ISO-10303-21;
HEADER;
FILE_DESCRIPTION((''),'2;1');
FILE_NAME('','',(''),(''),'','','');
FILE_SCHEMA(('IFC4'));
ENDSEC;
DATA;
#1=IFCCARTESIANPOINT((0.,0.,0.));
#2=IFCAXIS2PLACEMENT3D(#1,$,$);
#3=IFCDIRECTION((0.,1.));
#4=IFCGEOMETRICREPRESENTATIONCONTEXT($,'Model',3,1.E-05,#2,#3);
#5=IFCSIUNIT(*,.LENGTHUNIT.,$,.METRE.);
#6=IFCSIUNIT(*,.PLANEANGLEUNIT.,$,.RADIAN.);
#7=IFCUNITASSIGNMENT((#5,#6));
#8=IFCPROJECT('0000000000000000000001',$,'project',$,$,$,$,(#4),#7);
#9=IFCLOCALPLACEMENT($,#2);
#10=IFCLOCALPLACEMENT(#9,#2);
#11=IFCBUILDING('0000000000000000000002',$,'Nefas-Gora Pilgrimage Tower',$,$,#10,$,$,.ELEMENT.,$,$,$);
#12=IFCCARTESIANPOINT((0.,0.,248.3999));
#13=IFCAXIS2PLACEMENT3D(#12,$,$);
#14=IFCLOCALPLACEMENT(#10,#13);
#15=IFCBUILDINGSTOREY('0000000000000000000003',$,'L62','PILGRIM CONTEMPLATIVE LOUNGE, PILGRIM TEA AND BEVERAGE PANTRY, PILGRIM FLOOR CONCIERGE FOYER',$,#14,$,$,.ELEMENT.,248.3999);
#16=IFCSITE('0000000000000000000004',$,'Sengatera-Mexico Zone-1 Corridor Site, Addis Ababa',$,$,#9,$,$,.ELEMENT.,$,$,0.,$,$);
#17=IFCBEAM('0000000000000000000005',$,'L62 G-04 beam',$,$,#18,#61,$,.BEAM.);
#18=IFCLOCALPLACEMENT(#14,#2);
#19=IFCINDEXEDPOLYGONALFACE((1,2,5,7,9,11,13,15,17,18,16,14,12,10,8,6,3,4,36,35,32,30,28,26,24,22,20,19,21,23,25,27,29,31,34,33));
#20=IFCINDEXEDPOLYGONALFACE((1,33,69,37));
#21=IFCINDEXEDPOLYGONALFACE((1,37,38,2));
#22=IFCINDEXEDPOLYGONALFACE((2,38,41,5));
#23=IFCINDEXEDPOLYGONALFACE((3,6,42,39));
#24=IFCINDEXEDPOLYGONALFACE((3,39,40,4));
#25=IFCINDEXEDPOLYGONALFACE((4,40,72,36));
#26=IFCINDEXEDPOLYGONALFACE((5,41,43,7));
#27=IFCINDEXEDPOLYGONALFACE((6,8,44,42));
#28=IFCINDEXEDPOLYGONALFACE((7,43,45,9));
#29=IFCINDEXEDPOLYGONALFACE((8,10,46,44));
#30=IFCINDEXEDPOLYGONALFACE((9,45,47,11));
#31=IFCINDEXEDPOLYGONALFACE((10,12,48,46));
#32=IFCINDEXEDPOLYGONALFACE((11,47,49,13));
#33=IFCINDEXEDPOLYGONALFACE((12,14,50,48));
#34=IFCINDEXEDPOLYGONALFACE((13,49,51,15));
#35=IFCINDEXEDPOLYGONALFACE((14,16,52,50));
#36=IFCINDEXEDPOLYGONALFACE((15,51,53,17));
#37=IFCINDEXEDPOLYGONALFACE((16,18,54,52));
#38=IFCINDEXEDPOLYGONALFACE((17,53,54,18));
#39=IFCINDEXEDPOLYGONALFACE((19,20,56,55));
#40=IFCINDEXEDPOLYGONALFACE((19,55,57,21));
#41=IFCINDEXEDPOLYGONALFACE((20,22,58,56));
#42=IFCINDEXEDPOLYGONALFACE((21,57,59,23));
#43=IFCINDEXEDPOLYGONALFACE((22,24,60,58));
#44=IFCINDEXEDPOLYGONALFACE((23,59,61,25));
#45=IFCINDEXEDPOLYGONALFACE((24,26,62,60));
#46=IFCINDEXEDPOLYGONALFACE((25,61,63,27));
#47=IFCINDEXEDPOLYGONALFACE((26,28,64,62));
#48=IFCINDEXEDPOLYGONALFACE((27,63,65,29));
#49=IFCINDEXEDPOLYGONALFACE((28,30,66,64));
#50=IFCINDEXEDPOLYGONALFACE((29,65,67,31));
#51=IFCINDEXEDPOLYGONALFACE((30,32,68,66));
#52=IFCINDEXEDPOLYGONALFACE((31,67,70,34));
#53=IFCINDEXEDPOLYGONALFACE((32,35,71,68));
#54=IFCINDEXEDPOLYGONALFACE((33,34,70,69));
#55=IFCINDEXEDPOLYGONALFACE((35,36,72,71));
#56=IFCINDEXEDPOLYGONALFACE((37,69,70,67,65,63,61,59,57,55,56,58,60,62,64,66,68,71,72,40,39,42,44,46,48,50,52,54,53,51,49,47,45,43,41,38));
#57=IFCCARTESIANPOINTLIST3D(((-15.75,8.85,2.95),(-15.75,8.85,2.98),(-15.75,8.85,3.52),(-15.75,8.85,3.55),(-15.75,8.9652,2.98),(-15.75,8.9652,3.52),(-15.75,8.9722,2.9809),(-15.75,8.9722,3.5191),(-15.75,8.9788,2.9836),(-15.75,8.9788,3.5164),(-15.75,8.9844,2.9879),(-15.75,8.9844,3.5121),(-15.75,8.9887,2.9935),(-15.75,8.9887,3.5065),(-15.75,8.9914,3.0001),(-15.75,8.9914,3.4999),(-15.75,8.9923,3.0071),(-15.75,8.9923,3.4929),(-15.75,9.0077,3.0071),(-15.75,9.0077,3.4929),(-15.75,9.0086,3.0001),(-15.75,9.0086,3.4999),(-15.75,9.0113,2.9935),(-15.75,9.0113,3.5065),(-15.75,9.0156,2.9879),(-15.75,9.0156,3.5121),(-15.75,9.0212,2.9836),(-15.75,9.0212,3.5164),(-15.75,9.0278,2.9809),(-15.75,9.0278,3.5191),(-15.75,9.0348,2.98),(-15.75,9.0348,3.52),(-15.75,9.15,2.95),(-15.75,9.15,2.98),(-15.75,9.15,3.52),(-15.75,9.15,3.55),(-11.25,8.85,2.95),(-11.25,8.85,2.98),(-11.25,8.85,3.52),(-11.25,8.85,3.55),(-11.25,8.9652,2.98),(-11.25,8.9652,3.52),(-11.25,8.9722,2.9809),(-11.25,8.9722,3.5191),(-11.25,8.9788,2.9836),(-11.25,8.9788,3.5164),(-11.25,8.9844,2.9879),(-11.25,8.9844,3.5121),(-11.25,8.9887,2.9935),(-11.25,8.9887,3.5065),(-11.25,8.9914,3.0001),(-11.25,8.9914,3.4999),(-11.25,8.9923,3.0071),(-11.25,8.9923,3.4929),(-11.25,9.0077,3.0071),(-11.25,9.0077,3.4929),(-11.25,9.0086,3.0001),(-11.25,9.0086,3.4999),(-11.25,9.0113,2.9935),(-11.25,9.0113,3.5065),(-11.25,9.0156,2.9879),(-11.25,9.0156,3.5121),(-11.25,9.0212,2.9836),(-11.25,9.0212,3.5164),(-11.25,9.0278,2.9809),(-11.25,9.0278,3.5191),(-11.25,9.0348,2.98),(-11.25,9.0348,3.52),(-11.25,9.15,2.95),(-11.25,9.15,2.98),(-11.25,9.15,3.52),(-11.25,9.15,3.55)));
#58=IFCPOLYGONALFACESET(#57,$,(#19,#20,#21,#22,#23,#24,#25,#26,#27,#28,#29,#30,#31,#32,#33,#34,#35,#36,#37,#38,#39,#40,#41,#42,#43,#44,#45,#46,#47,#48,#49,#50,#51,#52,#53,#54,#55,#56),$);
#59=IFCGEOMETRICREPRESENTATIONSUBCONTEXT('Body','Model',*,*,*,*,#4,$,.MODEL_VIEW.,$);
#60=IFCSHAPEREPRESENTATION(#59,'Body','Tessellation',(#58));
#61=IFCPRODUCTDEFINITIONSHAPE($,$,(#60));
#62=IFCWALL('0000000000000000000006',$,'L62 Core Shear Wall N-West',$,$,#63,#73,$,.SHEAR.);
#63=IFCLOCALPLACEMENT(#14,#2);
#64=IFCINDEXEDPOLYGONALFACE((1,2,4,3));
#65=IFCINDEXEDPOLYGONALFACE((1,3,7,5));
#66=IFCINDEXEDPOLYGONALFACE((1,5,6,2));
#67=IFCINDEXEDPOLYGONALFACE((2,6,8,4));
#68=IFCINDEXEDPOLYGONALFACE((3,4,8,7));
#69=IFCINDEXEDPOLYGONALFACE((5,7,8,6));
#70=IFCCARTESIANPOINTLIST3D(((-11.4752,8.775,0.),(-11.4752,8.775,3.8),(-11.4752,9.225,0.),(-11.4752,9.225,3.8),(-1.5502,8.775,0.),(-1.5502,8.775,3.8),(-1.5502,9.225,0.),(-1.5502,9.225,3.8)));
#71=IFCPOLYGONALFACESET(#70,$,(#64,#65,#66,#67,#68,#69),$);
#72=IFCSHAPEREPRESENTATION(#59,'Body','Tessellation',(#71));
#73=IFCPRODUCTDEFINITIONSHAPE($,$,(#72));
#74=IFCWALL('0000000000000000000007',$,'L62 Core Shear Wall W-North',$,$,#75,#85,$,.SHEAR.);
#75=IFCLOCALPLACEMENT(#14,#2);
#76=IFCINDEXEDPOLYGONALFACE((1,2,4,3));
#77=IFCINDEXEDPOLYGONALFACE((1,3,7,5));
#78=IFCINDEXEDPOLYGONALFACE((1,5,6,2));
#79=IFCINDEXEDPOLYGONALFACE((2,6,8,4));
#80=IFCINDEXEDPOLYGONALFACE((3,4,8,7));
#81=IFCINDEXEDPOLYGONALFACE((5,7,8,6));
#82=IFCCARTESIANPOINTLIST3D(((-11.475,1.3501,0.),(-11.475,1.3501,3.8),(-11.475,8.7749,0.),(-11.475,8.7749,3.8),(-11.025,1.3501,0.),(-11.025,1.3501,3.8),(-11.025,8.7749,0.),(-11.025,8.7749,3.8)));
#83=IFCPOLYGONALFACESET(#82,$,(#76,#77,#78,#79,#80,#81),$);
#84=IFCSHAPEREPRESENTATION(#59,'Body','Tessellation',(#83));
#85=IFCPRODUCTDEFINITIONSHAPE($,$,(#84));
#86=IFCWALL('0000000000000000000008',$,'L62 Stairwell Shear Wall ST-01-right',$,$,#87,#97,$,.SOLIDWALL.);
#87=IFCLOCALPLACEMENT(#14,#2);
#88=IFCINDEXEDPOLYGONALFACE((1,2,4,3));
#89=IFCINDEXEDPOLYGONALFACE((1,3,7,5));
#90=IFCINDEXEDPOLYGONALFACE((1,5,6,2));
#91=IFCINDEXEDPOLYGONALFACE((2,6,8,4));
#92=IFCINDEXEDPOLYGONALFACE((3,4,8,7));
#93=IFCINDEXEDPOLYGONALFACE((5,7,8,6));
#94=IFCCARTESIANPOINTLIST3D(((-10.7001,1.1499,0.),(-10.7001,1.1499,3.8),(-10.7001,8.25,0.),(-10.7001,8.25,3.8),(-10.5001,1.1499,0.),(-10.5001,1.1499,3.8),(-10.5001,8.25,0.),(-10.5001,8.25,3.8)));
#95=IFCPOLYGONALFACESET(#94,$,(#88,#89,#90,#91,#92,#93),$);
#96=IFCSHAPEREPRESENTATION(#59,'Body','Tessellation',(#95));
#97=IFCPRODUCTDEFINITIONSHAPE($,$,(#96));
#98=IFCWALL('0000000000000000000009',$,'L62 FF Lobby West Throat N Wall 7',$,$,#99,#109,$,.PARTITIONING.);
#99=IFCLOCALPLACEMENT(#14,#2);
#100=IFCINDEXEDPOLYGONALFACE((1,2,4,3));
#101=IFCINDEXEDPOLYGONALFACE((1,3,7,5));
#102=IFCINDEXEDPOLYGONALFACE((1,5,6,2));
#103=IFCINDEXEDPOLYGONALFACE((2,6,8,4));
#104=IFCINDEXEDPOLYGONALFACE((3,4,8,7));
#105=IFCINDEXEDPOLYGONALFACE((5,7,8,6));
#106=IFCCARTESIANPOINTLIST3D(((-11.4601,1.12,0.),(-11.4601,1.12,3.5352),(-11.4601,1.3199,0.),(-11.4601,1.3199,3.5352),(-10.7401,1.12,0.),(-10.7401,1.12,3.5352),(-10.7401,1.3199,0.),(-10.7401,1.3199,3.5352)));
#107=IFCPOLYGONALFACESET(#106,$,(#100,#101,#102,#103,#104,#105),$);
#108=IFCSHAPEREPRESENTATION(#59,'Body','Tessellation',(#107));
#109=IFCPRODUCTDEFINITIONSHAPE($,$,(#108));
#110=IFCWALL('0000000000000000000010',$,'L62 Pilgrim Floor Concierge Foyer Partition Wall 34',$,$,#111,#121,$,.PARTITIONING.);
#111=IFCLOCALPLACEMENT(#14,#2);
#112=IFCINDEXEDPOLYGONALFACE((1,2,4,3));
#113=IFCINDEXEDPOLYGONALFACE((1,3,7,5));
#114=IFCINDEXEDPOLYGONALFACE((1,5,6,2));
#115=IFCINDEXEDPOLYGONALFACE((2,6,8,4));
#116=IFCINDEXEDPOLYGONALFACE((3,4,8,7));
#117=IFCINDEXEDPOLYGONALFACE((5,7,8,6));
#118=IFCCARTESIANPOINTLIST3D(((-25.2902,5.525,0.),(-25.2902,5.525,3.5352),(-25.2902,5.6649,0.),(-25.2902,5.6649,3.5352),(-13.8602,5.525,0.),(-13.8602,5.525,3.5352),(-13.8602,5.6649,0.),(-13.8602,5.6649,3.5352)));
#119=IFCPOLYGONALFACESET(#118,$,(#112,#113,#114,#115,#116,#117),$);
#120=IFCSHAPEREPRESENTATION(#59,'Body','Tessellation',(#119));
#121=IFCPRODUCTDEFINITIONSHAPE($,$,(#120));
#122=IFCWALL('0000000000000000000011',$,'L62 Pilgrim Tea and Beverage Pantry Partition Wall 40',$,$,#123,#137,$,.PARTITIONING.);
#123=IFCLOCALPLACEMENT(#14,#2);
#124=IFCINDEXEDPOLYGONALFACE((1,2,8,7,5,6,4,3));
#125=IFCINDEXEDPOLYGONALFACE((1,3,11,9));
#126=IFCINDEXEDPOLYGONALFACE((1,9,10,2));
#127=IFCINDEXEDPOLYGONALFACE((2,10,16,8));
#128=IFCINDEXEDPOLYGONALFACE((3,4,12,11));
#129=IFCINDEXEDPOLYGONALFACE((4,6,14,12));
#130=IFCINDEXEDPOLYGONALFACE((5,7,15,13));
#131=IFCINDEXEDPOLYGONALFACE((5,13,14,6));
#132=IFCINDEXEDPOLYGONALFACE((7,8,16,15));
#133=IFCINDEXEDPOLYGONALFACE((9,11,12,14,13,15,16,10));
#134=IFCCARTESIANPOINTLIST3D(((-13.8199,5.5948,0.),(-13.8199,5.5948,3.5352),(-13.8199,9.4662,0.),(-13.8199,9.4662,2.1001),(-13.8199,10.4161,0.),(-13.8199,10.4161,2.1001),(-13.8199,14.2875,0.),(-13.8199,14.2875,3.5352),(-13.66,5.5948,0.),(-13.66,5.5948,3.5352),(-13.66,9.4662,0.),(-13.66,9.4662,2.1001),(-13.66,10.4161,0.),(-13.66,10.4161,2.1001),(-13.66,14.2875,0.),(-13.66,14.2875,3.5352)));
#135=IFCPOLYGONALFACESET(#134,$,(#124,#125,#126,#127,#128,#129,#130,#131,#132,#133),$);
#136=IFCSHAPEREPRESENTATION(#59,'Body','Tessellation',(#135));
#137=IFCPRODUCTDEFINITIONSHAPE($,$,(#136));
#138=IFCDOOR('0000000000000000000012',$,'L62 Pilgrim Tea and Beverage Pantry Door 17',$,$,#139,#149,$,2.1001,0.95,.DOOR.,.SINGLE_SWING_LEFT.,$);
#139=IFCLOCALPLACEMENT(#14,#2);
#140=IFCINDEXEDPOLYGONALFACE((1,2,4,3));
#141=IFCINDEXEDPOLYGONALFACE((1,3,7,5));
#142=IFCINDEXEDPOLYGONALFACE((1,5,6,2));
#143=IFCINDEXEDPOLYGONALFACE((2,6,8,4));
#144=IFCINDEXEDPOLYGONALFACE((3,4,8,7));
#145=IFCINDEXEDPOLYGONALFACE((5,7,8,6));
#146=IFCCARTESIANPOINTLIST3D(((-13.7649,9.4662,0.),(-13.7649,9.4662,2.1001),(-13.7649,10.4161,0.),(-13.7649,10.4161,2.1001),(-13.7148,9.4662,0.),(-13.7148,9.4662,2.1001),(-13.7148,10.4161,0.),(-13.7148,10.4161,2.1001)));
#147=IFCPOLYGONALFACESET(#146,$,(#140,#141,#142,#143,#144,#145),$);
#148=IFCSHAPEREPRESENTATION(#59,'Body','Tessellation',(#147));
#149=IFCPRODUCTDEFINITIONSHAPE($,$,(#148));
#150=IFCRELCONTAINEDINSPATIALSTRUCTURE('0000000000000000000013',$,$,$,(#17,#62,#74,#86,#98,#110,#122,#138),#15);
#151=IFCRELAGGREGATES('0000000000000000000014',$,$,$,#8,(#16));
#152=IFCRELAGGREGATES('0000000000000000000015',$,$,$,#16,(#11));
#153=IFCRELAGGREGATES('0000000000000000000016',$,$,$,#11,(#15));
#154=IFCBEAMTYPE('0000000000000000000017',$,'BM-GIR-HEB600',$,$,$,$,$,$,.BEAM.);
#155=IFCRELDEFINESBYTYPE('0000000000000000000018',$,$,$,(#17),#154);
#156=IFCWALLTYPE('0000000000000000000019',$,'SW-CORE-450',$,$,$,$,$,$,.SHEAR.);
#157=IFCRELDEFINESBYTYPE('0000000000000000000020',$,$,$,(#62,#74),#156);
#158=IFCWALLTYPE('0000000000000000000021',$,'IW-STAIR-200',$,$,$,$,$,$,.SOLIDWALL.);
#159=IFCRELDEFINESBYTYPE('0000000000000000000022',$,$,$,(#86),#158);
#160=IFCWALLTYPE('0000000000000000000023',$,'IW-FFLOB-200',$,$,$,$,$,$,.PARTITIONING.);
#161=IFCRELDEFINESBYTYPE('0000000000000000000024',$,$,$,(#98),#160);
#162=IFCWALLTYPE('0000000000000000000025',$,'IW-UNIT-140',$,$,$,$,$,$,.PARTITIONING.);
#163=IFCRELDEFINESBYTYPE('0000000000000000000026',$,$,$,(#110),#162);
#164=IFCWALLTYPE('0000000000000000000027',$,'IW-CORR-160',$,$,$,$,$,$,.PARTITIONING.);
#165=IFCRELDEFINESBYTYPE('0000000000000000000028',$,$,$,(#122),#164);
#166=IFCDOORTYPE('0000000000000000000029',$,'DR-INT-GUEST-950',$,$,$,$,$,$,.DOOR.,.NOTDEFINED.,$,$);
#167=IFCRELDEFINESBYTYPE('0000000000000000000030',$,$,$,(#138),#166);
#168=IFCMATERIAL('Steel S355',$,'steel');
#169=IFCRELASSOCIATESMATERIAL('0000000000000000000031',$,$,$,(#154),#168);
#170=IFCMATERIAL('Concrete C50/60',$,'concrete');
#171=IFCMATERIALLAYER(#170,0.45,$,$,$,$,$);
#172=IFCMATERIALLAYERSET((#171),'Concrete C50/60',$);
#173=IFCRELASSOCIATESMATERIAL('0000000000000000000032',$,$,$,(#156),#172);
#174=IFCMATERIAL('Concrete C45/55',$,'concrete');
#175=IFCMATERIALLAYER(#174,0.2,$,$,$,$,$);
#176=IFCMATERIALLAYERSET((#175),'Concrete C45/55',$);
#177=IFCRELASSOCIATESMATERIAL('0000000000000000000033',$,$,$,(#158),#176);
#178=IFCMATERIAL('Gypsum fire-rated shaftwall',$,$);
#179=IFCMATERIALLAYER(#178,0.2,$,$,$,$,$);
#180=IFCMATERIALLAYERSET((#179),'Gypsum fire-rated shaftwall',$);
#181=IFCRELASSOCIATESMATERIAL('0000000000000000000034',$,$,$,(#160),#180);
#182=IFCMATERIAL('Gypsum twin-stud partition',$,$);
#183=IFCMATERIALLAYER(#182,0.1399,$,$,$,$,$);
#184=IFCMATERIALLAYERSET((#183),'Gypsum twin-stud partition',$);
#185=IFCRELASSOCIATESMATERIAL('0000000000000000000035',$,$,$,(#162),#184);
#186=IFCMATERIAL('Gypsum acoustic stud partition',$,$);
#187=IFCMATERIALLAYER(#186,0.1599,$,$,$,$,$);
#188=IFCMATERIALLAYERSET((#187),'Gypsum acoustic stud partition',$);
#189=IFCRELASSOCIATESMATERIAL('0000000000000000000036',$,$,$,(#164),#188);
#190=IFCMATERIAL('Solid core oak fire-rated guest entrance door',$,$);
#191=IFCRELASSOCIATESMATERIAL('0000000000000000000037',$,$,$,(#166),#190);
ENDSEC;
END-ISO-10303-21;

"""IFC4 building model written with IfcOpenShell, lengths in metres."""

from ifc_helpers import new_model, si_unit, direction, frame, frame_2d, origin, origin_2d, place, context, subcontext, project, spatial, rectangle, i_section, extrude, source, transform, mapped, material, layer, layer_set, material_profile, profile_set, type_object, element, fill, save


model = new_model("IFC4")

# Units and contexts
model_context = context("Model", 3, precision=1e-05, world=origin(), true_north=direction((0.0, 1.0)))
body_context = subcontext(model_context, "Body", "Model", "MODEL_VIEW")
ifc_project = project(units=[si_unit("LENGTHUNIT", "METRE"), si_unit("PLANEANGLEUNIT", "RADIAN")], contexts=[model_context])

# Site, building, storey
site_placement = place(None, origin())
site = spatial("IfcSite", under=ifc_project, at=site_placement, Name="Sengatera-Mexico Zone-1 Corridor Site, Addis Ababa", CompositionType="ELEMENT", RefElevation=0.0)
building_placement = place(site_placement, origin())
building = spatial("IfcBuilding", under=site, at=building_placement, Name="Nefas-Gora Pilgrimage Tower", CompositionType="ELEMENT")
storey_placement = place(building_placement, frame((0.0, 0.0, 248.3999)))
storey = spatial("IfcBuildingStorey", under=building, at=storey_placement, Name="L62", Description="PILGRIM CONTEMPLATIVE LOUNGE, PILGRIM TEA AND BEVERAGE PANTRY, PILGRIM FLOOR CONCIERGE FOYER", CompositionType="ELEMENT", Elevation=248.3999)

# Beam
ifc_material_1 = material(Name="Steel S355", Category="steel")
ifc_material_profile_1 = material_profile(ifc_material_1, i_section(OverallWidth=0.3, OverallDepth=0.6001, WebThickness=0.0154, FlangeThickness=0.03, FilletRadius=0.0271, at=origin_2d()), Name="HEB 600")
ifc_profile_set_1 = profile_set([ifc_material_profile_1], Name="Steel S355")
beam_type_1 = type_object("IfcBeamType", Name="BM-GIR-HEB600", PredefinedType="BEAM", material=ifc_profile_set_1)
shared_shape_1 = source(origin(), body_context, "Body", "SweptSolid", [
    extrude(i_section(OverallWidth=0.3, OverallDepth=0.6001, WebThickness=0.0154, FlangeThickness=0.03, FilletRadius=0.0271, at=origin_2d()), origin(), (0.0, 0.0, 1.0), 4.5),
])
for number, where, z_axis, x_axis, name in (
    (1, (-15.75, 9.0, 3.25), (1.0, 0.0, 0.0), (0.0, 1.0, 0.0), "L62 G-04 beam"),
):
    element("IfcBeam", number, at=place(storey_placement, frame(where, z_axis=z_axis, x_axis=x_axis)), inside=storey, type_object=beam_type_1, Name=name, PredefinedType="BEAM", context=body_context, shape_type="MappedRepresentation", body=[
        mapped(shared_shape_1, transform((0.0, 0.0, 0.0), x_axis=(1.0, 0.0, 0.0), y_axis=(0.0, 1.0, 0.0), z_axis=(0.0, 0.0, 1.0), scale=1.0)),
    ])

# Walls
ifc_material_2 = material(Name="Concrete C50/60", Category="concrete")
ifc_layer_1 = layer(ifc_material_2, 0.45)
ifc_layer_set_1 = layer_set([ifc_layer_1], Name="Concrete C50/60")
wall_type_1 = type_object("IfcWallType", Name="SW-CORE-450", PredefinedType="SHEAR", material=ifc_layer_set_1)
shared_shape_2 = source(origin(), body_context, "Body", "SweptSolid", [
    extrude(rectangle(XDim=9.925, YDim=0.45, at=frame_2d((4.9624, 0.0))), origin(), (0.0, 0.0, 1.0), 3.8),
])
wall_1_placement = place(storey_placement, frame((-11.4751, 9.0, 0.0), z_axis=(0.0, 0.0, 1.0), x_axis=(1.0, 0.0, 0.0)))
element("IfcWall", 2, at=wall_1_placement, inside=storey, type_object=wall_type_1, Name="L62 Core Shear Wall N-West", PredefinedType="SHEAR", context=body_context, shape_type="MappedRepresentation", body=[
    mapped(shared_shape_2, transform((0.0, 0.0, 0.0), x_axis=(1.0, 0.0, 0.0), y_axis=(0.0, 1.0, 0.0), z_axis=(0.0, 0.0, 1.0), scale=1.0)),
])
shared_shape_3 = source(origin(), body_context, "Body", "SweptSolid", [
    extrude(rectangle(XDim=7.4248, YDim=0.45, at=frame_2d((3.7124, 0.0))), origin(), (0.0, 0.0, 1.0), 3.8),
])
wall_2_placement = place(storey_placement, frame((-11.25, 1.3501, 0.0), z_axis=(0.0, 0.0, 1.0), x_axis=(0.0, 1.0, 0.0)))
element("IfcWall", 3, at=wall_2_placement, inside=storey, type_object=wall_type_1, Name="L62 Core Shear Wall W-North", PredefinedType="SHEAR", context=body_context, shape_type="MappedRepresentation", body=[
    mapped(shared_shape_3, transform((0.0, 0.0, 0.0), x_axis=(1.0, 0.0, 0.0), y_axis=(0.0, 1.0, 0.0), z_axis=(0.0, 0.0, 1.0), scale=1.0)),
])
ifc_material_3 = material(Name="Concrete C45/55", Category="concrete")
ifc_layer_2 = layer(ifc_material_3, 0.2)
ifc_layer_set_2 = layer_set([ifc_layer_2], Name="Concrete C45/55")
wall_type_2 = type_object("IfcWallType", Name="IW-STAIR-200", PredefinedType="SOLIDWALL", material=ifc_layer_set_2)
shared_shape_4 = source(origin(), body_context, "Body", "SweptSolid", [
    extrude(rectangle(XDim=7.1001, YDim=0.2, at=frame_2d((3.55, 0.0))), origin(), (0.0, 0.0, 1.0), 3.8),
])
wall_3_placement = place(storey_placement, frame((-10.6001, 1.1499, 0.0), z_axis=(0.0, 0.0, 1.0), x_axis=(0.0, 1.0, 0.0)))
element("IfcWall", 4, at=wall_3_placement, inside=storey, type_object=wall_type_2, Name="L62 Stairwell Shear Wall ST-01-right", PredefinedType="SOLIDWALL", context=body_context, shape_type="MappedRepresentation", body=[
    mapped(shared_shape_4, transform((0.0, 0.0, 0.0), x_axis=(1.0, 0.0, 0.0), y_axis=(0.0, 1.0, 0.0), z_axis=(0.0, 0.0, 1.0), scale=1.0)),
])
ifc_material_4 = material(Name="Gypsum fire-rated shaftwall")
ifc_layer_3 = layer(ifc_material_4, 0.2)
ifc_layer_set_3 = layer_set([ifc_layer_3], Name="Gypsum fire-rated shaftwall")
wall_type_3 = type_object("IfcWallType", Name="IW-FFLOB-200", PredefinedType="PARTITIONING", material=ifc_layer_set_3)
shared_shape_5 = source(origin(), body_context, "Body", "SweptSolid", [
    extrude(rectangle(XDim=0.72, YDim=0.2, at=frame_2d((0.3599, 0.0))), origin(), (0.0, 0.0, 1.0), 3.5352),
])
wall_4_placement = place(storey_placement, frame((-11.46, 1.22, 0.0), z_axis=(0.0, 0.0, 1.0), x_axis=(1.0, 0.0, 0.0)))
element("IfcWall", 5, at=wall_4_placement, inside=storey, type_object=wall_type_3, Name="L62 FF Lobby West Throat N Wall 7", PredefinedType="PARTITIONING", context=body_context, shape_type="MappedRepresentation", body=[
    mapped(shared_shape_5, transform((0.0, 0.0, 0.0), x_axis=(1.0, 0.0, 0.0), y_axis=(0.0, 1.0, 0.0), z_axis=(0.0, 0.0, 1.0), scale=1.0)),
])
ifc_material_5 = material(Name="Gypsum twin-stud partition")
ifc_layer_4 = layer(ifc_material_5, 0.1399)
ifc_layer_set_4 = layer_set([ifc_layer_4], Name="Gypsum twin-stud partition")
wall_type_4 = type_object("IfcWallType", Name="IW-UNIT-140", PredefinedType="PARTITIONING", material=ifc_layer_set_4)
shared_shape_6 = source(origin(), body_context, "Body", "SweptSolid", [
    extrude(rectangle(XDim=11.4299, YDim=0.1399, at=frame_2d((5.7148, 0.0))), origin(), (0.0, 0.0, 1.0), 3.5352),
])
wall_5_placement = place(storey_placement, frame((-25.29, 5.595, 0.0), z_axis=(0.0, 0.0, 1.0), x_axis=(1.0, 0.0, 0.0)))
element("IfcWall", 6, at=wall_5_placement, inside=storey, type_object=wall_type_4, Name="L62 Pilgrim Floor Concierge Foyer Partition Wall 34", PredefinedType="PARTITIONING", context=body_context, shape_type="MappedRepresentation", body=[
    mapped(shared_shape_6, transform((0.0, 0.0, 0.0), x_axis=(1.0, 0.0, 0.0), y_axis=(0.0, 1.0, 0.0), z_axis=(0.0, 0.0, 1.0), scale=1.0)),
])

# Wall, opening, door
ifc_material_6 = material(Name="Gypsum acoustic stud partition")
ifc_layer_5 = layer(ifc_material_6, 0.1599)
ifc_layer_set_5 = layer_set([ifc_layer_5], Name="Gypsum acoustic stud partition")
wall_type_5 = type_object("IfcWallType", Name="IW-CORR-160", PredefinedType="PARTITIONING", material=ifc_layer_set_5)
shared_shape_7 = source(origin(), body_context, "Body", "SweptSolid", [
    extrude(rectangle(XDim=8.6926, YDim=0.1599, at=frame_2d((4.3462, 0.0))), origin(), (0.0, 0.0, 1.0), 3.5352),
])
wall_6_placement = place(storey_placement, frame((-13.74, 5.595, 0.0), z_axis=(0.0, 0.0, 1.0), x_axis=(0.0, 1.0, 0.0)))
wall_6 = element("IfcWall", 7, at=wall_6_placement, inside=storey, type_object=wall_type_5, Name="L62 Pilgrim Tea and Beverage Pantry Partition Wall 40", PredefinedType="PARTITIONING", context=body_context, shape_type="MappedRepresentation", body=[
    mapped(shared_shape_7, transform((0.0, 0.0, 0.0), x_axis=(1.0, 0.0, 0.0), y_axis=(0.0, 1.0, 0.0), z_axis=(0.0, 0.0, 1.0), scale=1.0)),
])
opening_placement = place(wall_6_placement, frame((3.8711, 0.0, 0.0)))
opening = element("IfcOpeningElement", 8, at=opening_placement, cuts=wall_6, PredefinedType="OPENING", context=body_context, shape_type="SweptSolid", body=[
    extrude(rectangle(XDim=0.95, YDim=2.1001, at=frame_2d((0.4751, 1.05))), frame((0.0, 0.0898, 0.0), z_axis=(0.0, -1.0, 0.0), x_axis=(1.0, 0.0, 0.0)), (0.0, 0.0, 1.0), 0.1799),
])
ifc_material_7 = material(Name="Solid core oak fire-rated guest entrance door")
door_type = type_object("IfcDoorType", Name="DR-INT-GUEST-950", OperationType="NOTDEFINED", PredefinedType="DOOR", material=ifc_material_7)
shared_shape_8 = source(origin(), body_context, "Body", "SweptSolid", [
    extrude(rectangle(XDim=0.95, YDim=2.1001, at=frame_2d((0.4751, 1.05))), frame((0.0, 0.0249, 0.0), z_axis=(0.0, -1.0, 0.0), x_axis=(1.0, 0.0, 0.0)), (0.0, 0.0, 1.0), 0.05),
])
door_placement = place(opening_placement, origin())
door = element("IfcDoor", 9, at=door_placement, inside=storey, type_object=door_type, Name="L62 Pilgrim Tea and Beverage Pantry Door 17", OperationType="SINGLE_SWING_LEFT", OverallHeight=2.1001, OverallWidth=0.95, PredefinedType="DOOR", context=body_context, shape_type="MappedRepresentation", body=[
    mapped(shared_shape_8, transform((0.0, 0.0, 0.0), x_axis=(1.0, 0.0, 0.0), y_axis=(0.0, 1.0, 0.0), z_axis=(0.0, 0.0, 1.0), scale=1.0)),
])
fill(opening, door)

save(model, "model.ifc")
